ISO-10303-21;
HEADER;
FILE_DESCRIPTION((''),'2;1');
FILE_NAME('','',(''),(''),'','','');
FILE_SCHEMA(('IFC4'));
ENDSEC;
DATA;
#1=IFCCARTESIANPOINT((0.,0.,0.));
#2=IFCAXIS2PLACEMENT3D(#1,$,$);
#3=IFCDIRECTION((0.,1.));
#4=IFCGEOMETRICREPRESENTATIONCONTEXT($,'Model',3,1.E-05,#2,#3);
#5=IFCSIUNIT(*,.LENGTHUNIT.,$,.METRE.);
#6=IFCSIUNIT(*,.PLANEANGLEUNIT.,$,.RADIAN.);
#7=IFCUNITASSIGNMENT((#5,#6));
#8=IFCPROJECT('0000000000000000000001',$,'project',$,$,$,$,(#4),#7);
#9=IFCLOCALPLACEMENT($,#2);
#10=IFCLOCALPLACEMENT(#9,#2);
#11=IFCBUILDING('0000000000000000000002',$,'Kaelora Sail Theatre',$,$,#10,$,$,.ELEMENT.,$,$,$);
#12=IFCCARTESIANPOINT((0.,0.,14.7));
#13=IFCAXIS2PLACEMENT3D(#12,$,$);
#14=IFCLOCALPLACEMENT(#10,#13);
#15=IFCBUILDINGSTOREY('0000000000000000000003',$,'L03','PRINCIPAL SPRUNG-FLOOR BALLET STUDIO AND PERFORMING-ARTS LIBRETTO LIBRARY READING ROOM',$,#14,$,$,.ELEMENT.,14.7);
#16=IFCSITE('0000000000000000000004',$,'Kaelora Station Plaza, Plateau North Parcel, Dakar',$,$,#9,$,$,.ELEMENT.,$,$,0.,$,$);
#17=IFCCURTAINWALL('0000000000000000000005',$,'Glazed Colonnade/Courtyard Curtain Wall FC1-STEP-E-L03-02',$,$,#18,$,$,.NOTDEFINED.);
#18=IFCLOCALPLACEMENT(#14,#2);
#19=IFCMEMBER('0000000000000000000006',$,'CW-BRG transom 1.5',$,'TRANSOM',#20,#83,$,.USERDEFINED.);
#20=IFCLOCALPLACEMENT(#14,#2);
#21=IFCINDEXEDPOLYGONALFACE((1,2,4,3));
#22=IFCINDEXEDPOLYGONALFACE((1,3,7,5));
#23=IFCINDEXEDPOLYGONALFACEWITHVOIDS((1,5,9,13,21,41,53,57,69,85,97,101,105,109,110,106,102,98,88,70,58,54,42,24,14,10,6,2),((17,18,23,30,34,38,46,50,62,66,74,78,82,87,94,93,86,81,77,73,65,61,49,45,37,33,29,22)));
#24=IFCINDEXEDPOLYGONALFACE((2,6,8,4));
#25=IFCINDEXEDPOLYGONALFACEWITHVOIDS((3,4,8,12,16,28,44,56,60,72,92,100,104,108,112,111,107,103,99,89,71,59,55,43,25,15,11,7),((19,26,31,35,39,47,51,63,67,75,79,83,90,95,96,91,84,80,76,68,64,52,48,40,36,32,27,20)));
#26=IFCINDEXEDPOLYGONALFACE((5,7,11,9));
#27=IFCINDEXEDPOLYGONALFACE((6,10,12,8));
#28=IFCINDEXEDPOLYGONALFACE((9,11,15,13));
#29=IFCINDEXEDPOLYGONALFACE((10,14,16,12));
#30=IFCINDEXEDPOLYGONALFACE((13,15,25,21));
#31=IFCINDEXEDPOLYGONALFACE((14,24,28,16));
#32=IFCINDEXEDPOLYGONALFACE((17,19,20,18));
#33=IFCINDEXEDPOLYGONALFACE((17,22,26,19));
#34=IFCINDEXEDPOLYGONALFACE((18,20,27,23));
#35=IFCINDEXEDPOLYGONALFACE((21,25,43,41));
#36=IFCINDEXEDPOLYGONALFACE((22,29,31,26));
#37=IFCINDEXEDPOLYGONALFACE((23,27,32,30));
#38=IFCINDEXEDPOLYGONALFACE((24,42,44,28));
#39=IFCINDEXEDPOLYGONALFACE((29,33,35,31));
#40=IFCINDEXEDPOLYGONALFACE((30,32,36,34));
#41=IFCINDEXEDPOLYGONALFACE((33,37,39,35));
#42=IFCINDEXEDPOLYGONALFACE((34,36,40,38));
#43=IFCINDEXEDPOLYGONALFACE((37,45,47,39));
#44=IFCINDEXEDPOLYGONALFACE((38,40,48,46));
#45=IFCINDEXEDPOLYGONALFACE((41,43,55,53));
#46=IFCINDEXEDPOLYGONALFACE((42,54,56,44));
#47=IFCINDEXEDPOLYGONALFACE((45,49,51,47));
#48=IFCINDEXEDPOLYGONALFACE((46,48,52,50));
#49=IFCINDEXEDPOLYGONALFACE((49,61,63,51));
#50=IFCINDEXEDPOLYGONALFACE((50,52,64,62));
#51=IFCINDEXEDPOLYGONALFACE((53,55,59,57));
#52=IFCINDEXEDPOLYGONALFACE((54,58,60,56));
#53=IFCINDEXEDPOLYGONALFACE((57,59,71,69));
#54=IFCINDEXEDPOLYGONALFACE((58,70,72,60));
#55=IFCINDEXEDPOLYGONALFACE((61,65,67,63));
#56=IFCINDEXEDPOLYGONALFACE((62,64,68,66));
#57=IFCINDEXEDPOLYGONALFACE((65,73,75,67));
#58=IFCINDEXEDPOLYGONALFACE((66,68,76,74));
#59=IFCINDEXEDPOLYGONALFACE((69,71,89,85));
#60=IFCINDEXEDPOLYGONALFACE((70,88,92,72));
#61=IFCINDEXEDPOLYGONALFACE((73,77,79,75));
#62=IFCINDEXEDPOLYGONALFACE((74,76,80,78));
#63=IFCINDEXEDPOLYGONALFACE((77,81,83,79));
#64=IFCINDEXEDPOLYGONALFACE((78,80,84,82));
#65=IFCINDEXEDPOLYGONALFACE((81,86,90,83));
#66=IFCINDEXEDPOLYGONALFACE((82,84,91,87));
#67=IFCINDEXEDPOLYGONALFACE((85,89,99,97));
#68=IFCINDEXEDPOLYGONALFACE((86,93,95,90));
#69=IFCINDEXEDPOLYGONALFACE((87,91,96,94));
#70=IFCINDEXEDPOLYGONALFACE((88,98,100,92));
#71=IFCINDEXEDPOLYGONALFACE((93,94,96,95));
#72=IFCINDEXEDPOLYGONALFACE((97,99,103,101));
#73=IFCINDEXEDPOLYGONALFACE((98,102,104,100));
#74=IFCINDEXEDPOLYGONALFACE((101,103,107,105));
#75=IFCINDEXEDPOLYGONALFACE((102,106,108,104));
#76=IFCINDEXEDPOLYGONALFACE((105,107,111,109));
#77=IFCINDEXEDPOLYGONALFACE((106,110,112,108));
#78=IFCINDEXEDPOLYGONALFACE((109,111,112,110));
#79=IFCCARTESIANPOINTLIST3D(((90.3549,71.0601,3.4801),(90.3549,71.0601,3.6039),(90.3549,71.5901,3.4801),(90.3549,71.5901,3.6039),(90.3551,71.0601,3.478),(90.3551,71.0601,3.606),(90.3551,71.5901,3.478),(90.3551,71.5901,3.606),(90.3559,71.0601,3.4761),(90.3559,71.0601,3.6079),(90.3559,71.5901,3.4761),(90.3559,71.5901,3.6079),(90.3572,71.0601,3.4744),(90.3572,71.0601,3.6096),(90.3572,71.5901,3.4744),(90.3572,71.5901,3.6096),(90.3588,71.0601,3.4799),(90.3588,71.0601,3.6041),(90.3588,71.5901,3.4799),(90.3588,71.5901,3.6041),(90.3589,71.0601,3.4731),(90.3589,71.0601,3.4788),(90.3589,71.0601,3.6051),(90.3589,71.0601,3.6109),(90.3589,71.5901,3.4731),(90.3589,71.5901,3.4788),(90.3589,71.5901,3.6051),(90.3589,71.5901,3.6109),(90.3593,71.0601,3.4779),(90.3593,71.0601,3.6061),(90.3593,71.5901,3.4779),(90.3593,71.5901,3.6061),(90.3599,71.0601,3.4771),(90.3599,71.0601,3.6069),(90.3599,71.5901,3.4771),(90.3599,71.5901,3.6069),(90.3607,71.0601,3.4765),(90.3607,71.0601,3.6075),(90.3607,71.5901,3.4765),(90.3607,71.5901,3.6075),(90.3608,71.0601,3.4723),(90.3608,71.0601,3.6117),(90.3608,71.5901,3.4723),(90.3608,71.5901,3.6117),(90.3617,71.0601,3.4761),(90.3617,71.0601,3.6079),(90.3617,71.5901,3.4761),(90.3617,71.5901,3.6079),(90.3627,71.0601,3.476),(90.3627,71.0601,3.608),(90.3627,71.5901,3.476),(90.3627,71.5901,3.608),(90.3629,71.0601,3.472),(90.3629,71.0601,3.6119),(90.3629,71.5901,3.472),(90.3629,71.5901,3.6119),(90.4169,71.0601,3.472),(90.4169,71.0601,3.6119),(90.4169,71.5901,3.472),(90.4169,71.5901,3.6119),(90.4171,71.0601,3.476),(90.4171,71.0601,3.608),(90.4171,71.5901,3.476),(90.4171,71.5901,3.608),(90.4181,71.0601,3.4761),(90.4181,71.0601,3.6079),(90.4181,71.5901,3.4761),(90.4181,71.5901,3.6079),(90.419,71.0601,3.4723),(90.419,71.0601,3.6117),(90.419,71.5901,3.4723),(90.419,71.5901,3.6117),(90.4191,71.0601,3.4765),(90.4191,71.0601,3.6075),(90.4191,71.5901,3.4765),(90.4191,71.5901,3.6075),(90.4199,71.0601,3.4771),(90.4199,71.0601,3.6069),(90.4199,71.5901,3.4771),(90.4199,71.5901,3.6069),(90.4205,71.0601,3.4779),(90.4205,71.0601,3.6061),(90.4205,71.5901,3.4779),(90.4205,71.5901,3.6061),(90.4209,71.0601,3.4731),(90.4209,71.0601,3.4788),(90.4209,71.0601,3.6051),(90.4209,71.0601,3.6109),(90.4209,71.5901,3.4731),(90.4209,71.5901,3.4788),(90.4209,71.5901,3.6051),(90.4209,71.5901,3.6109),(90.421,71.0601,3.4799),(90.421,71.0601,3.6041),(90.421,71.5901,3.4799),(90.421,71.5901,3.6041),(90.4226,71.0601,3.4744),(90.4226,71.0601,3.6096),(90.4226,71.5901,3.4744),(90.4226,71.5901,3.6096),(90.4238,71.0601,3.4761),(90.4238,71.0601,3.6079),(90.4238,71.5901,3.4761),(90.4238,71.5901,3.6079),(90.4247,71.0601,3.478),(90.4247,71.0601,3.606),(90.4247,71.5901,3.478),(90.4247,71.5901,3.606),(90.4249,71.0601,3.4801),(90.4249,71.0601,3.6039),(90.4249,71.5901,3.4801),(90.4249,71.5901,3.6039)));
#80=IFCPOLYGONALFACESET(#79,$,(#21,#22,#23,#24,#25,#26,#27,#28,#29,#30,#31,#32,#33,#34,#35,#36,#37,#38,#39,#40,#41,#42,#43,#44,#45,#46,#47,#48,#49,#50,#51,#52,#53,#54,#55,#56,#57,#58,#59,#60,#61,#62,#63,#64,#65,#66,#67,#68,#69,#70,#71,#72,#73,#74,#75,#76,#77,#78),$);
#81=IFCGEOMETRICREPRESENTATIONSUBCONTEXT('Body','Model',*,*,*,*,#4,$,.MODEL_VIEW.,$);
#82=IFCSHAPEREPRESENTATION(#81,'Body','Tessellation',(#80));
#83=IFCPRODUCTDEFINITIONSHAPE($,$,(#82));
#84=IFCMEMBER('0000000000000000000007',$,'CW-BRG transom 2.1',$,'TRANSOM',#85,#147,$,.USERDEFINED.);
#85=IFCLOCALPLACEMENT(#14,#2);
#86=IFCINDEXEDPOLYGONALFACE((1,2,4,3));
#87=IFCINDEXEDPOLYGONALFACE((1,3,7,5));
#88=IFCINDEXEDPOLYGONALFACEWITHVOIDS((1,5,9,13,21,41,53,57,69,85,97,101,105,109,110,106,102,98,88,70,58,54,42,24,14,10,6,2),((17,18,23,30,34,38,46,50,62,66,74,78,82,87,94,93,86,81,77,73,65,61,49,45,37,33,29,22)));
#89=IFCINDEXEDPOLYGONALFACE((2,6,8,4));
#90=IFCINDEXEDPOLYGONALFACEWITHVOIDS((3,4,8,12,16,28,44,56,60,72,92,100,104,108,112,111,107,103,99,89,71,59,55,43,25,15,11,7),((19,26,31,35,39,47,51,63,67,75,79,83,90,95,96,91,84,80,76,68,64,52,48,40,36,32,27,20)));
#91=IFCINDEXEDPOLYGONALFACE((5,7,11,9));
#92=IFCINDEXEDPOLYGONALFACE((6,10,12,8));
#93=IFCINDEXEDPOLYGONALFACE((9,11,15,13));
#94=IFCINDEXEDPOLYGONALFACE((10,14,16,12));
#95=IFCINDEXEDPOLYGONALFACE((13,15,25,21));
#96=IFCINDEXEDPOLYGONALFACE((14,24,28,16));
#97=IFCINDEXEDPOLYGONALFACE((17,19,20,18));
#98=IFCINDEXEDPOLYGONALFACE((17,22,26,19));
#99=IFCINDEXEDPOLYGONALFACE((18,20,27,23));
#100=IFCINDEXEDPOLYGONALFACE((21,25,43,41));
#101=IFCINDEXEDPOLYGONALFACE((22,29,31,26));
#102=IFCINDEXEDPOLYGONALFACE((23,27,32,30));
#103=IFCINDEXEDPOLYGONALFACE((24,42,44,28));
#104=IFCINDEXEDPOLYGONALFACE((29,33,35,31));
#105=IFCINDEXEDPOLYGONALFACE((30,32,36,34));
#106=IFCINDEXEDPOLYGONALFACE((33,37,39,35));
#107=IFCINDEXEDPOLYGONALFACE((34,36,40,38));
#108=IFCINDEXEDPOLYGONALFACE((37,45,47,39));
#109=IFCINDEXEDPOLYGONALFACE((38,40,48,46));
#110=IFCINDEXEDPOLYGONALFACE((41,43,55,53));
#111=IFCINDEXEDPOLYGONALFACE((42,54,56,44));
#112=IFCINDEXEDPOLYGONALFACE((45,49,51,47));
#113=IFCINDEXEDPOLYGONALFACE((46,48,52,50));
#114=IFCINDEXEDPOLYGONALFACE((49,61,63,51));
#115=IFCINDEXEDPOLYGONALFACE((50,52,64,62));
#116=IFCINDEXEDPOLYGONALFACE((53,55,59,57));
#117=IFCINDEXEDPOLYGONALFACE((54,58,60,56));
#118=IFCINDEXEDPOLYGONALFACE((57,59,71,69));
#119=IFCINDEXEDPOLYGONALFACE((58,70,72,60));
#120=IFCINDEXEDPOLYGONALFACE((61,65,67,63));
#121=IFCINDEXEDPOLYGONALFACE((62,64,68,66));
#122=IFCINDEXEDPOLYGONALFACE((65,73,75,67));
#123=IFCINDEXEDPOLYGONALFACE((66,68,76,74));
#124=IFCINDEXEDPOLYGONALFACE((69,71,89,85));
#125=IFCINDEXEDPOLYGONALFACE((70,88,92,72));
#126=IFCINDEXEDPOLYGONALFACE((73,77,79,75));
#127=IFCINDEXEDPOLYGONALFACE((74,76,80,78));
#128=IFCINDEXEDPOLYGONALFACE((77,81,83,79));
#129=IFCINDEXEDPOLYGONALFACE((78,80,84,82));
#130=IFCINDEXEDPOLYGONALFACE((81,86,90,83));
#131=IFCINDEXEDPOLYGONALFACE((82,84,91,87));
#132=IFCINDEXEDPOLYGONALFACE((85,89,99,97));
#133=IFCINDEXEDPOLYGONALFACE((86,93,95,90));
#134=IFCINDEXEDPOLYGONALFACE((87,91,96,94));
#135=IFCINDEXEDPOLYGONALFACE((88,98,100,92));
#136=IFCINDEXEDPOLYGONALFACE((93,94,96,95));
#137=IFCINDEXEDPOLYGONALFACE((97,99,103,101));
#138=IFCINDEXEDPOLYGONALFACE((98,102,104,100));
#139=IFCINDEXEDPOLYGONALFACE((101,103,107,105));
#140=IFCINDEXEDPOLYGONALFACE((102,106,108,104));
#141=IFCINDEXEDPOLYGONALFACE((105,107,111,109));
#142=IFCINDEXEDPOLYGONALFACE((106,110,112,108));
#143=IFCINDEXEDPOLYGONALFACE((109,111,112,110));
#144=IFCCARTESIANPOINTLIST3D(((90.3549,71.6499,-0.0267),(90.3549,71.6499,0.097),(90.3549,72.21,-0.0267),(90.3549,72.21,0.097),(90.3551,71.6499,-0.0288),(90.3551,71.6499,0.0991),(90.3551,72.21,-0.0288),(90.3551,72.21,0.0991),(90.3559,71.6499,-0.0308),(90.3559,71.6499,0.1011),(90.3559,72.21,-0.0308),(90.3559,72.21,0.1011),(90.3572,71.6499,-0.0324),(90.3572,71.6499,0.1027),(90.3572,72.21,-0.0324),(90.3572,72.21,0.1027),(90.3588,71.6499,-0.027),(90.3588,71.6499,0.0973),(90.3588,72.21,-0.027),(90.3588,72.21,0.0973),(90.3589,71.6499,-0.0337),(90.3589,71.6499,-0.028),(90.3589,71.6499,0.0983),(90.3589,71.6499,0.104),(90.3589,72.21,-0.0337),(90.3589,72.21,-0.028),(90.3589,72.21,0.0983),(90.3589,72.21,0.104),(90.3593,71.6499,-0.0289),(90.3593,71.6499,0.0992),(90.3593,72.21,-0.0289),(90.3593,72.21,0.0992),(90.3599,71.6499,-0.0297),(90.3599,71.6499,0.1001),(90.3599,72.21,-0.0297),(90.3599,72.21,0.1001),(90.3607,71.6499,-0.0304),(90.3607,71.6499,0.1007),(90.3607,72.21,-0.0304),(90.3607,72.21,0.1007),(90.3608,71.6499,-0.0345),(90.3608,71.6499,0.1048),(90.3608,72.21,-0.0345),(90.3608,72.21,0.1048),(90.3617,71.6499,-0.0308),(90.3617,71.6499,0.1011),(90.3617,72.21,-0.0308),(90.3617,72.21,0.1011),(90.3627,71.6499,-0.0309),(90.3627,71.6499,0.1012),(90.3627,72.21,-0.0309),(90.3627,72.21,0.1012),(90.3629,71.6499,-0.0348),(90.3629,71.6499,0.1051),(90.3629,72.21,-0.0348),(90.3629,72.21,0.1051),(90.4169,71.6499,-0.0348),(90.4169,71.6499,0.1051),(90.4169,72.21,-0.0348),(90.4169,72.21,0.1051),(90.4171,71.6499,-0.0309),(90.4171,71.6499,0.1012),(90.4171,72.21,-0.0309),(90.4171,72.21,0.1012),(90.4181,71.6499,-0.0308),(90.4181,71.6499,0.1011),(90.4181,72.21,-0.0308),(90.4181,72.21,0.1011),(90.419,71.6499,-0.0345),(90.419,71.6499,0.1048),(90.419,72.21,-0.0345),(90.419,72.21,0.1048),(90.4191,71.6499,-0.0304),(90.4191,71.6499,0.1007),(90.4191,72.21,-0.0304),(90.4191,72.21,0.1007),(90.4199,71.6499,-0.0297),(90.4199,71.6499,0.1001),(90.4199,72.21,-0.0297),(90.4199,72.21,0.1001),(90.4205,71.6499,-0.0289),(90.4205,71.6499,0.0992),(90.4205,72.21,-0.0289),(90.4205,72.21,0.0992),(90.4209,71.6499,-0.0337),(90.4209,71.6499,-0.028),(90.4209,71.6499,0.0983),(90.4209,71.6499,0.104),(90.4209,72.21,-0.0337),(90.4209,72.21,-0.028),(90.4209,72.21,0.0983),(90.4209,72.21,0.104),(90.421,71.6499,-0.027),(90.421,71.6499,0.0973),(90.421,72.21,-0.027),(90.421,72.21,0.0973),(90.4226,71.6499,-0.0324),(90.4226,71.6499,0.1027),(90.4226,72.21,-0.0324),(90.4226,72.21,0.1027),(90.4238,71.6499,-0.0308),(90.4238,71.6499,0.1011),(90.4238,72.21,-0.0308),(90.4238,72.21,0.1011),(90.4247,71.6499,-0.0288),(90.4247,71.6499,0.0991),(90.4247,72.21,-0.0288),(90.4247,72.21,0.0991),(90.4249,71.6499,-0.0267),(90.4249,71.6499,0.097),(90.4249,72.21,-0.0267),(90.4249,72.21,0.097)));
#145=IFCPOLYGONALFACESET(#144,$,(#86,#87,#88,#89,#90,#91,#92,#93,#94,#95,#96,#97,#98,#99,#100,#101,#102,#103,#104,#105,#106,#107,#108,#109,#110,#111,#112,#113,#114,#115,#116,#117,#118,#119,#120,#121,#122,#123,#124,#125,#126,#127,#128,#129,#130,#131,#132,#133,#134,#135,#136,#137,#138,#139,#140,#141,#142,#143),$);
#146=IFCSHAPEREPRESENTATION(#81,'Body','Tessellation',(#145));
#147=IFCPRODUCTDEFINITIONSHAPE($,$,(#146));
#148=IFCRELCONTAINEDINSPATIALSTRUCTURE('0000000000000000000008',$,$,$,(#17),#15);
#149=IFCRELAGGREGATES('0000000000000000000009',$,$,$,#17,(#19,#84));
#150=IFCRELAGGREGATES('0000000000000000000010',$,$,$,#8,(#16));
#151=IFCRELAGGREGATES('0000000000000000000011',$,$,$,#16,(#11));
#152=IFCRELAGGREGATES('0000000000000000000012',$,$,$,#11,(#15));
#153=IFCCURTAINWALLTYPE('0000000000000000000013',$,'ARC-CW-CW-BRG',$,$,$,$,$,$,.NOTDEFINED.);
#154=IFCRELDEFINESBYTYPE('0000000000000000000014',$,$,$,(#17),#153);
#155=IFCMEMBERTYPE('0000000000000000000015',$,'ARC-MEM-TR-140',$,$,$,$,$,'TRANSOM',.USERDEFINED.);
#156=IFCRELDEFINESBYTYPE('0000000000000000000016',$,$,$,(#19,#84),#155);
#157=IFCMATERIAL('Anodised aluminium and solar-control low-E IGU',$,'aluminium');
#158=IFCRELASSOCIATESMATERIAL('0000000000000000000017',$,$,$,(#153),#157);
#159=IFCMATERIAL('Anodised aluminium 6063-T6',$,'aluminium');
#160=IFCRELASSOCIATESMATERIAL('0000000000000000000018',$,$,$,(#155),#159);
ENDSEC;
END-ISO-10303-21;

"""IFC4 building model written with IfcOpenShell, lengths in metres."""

from ifc_helpers import new_model, si_unit, direction, frame, origin, origin_2d, place, context, subcontext, project, spatial, hollow_rectangle, extrude, material, material_profile, profile_set, type_object, element, aggregate, save


model = new_model("IFC4")

# Units and contexts
model_context = context("Model", 3, precision=1e-05, world=origin(), true_north=direction((0.0, 1.0)))
body_context = subcontext(model_context, "Body", "Model", "MODEL_VIEW")
ifc_project = project(units=[si_unit("LENGTHUNIT", "METRE"), si_unit("PLANEANGLEUNIT", "RADIAN")], contexts=[model_context])

# Site, building, storey
site_placement = place(None, origin())
site = spatial("IfcSite", under=ifc_project, at=site_placement, Name="Kaelora Station Plaza, Plateau North Parcel, Dakar", CompositionType="ELEMENT", RefElevation=0.0)
building_placement = place(site_placement, origin())
building = spatial("IfcBuilding", under=site, at=building_placement, Name="Kaelora Sail Theatre", CompositionType="ELEMENT")
storey_placement = place(building_placement, frame((0.0, 0.0, 14.7)))
storey = spatial("IfcBuildingStorey", under=building, at=storey_placement, Name="L03", Description="PRINCIPAL SPRUNG-FLOOR BALLET STUDIO AND PERFORMING-ARTS LIBRETTO LIBRARY READING ROOM", CompositionType="ELEMENT", Elevation=14.7)

# Curtain wall, members
ifc_material_1 = material(Name="Anodised aluminium and solar-control low-E IGU", Category="aluminium")
curtain_wall_type = type_object("IfcCurtainWallType", Name="ARC-CW-CW-BRG", PredefinedType="NOTDEFINED", material=ifc_material_1)
curtain_wall_placement = place(storey_placement, origin())
curtain_wall = element("IfcCurtainWall", 1, at=curtain_wall_placement, inside=storey, type_object=curtain_wall_type, Name="Glazed Colonnade/Courtyard Curtain Wall FC1-STEP-E-L03-02", PredefinedType="NOTDEFINED")
ifc_material_2 = material(Name="Anodised aluminium 6063-T6", Category="aluminium")
ifc_material_profile_1 = material_profile(ifc_material_2, hollow_rectangle(XDim=0.0701, YDim=0.1399, WallThickness=0.0039, InnerFilletRadius=0.0039, OuterFilletRadius=0.0081, at=origin_2d()), Name="ALU-TRAN 70x140x4")
ifc_profile_set_1 = profile_set([ifc_material_profile_1], Name="Anodised aluminium 6063-T6")
member_type_1 = type_object("IfcMemberType", Name="ARC-MEM-TR-140", ElementType="TRANSOM", PredefinedType="USERDEFINED", material=ifc_profile_set_1)
member_1_placement = place(storey_placement, frame((90.3899, 71.0601, 3.542), z_axis=(0.0, 1.0, 0.0), x_axis=(-1.0, 0.0, 0.0)))
member_1 = element("IfcMember", 2, at=member_1_placement, type_object=member_type_1, Name="CW-BRG transom 1.5", ObjectType="TRANSOM", PredefinedType="USERDEFINED", context=body_context, shape_type="SweptSolid", body=[
    extrude(hollow_rectangle(XDim=0.0701, YDim=0.1399, WallThickness=0.0039, InnerFilletRadius=0.0039, OuterFilletRadius=0.0081, at=origin_2d()), origin(), (0.0, 0.0, 1.0), 0.53),
])
member_2_placement = place(storey_placement, frame((90.3899, 71.6499, 0.0352), z_axis=(0.0, 1.0, 0.0), x_axis=(-1.0, 0.0, 0.0)))
member_2 = element("IfcMember", 3, at=member_2_placement, type_object=member_type_1, Name="CW-BRG transom 2.1", ObjectType="TRANSOM", PredefinedType="USERDEFINED", context=body_context, shape_type="SweptSolid", body=[
    extrude(hollow_rectangle(XDim=0.0701, YDim=0.1399, WallThickness=0.0039, InnerFilletRadius=0.0039, OuterFilletRadius=0.0081, at=origin_2d()), origin(), (0.0, 0.0, 1.0), 0.5601),
])

aggregate(curtain_wall, [member_1, member_2])

save(model, "model.ifc")
